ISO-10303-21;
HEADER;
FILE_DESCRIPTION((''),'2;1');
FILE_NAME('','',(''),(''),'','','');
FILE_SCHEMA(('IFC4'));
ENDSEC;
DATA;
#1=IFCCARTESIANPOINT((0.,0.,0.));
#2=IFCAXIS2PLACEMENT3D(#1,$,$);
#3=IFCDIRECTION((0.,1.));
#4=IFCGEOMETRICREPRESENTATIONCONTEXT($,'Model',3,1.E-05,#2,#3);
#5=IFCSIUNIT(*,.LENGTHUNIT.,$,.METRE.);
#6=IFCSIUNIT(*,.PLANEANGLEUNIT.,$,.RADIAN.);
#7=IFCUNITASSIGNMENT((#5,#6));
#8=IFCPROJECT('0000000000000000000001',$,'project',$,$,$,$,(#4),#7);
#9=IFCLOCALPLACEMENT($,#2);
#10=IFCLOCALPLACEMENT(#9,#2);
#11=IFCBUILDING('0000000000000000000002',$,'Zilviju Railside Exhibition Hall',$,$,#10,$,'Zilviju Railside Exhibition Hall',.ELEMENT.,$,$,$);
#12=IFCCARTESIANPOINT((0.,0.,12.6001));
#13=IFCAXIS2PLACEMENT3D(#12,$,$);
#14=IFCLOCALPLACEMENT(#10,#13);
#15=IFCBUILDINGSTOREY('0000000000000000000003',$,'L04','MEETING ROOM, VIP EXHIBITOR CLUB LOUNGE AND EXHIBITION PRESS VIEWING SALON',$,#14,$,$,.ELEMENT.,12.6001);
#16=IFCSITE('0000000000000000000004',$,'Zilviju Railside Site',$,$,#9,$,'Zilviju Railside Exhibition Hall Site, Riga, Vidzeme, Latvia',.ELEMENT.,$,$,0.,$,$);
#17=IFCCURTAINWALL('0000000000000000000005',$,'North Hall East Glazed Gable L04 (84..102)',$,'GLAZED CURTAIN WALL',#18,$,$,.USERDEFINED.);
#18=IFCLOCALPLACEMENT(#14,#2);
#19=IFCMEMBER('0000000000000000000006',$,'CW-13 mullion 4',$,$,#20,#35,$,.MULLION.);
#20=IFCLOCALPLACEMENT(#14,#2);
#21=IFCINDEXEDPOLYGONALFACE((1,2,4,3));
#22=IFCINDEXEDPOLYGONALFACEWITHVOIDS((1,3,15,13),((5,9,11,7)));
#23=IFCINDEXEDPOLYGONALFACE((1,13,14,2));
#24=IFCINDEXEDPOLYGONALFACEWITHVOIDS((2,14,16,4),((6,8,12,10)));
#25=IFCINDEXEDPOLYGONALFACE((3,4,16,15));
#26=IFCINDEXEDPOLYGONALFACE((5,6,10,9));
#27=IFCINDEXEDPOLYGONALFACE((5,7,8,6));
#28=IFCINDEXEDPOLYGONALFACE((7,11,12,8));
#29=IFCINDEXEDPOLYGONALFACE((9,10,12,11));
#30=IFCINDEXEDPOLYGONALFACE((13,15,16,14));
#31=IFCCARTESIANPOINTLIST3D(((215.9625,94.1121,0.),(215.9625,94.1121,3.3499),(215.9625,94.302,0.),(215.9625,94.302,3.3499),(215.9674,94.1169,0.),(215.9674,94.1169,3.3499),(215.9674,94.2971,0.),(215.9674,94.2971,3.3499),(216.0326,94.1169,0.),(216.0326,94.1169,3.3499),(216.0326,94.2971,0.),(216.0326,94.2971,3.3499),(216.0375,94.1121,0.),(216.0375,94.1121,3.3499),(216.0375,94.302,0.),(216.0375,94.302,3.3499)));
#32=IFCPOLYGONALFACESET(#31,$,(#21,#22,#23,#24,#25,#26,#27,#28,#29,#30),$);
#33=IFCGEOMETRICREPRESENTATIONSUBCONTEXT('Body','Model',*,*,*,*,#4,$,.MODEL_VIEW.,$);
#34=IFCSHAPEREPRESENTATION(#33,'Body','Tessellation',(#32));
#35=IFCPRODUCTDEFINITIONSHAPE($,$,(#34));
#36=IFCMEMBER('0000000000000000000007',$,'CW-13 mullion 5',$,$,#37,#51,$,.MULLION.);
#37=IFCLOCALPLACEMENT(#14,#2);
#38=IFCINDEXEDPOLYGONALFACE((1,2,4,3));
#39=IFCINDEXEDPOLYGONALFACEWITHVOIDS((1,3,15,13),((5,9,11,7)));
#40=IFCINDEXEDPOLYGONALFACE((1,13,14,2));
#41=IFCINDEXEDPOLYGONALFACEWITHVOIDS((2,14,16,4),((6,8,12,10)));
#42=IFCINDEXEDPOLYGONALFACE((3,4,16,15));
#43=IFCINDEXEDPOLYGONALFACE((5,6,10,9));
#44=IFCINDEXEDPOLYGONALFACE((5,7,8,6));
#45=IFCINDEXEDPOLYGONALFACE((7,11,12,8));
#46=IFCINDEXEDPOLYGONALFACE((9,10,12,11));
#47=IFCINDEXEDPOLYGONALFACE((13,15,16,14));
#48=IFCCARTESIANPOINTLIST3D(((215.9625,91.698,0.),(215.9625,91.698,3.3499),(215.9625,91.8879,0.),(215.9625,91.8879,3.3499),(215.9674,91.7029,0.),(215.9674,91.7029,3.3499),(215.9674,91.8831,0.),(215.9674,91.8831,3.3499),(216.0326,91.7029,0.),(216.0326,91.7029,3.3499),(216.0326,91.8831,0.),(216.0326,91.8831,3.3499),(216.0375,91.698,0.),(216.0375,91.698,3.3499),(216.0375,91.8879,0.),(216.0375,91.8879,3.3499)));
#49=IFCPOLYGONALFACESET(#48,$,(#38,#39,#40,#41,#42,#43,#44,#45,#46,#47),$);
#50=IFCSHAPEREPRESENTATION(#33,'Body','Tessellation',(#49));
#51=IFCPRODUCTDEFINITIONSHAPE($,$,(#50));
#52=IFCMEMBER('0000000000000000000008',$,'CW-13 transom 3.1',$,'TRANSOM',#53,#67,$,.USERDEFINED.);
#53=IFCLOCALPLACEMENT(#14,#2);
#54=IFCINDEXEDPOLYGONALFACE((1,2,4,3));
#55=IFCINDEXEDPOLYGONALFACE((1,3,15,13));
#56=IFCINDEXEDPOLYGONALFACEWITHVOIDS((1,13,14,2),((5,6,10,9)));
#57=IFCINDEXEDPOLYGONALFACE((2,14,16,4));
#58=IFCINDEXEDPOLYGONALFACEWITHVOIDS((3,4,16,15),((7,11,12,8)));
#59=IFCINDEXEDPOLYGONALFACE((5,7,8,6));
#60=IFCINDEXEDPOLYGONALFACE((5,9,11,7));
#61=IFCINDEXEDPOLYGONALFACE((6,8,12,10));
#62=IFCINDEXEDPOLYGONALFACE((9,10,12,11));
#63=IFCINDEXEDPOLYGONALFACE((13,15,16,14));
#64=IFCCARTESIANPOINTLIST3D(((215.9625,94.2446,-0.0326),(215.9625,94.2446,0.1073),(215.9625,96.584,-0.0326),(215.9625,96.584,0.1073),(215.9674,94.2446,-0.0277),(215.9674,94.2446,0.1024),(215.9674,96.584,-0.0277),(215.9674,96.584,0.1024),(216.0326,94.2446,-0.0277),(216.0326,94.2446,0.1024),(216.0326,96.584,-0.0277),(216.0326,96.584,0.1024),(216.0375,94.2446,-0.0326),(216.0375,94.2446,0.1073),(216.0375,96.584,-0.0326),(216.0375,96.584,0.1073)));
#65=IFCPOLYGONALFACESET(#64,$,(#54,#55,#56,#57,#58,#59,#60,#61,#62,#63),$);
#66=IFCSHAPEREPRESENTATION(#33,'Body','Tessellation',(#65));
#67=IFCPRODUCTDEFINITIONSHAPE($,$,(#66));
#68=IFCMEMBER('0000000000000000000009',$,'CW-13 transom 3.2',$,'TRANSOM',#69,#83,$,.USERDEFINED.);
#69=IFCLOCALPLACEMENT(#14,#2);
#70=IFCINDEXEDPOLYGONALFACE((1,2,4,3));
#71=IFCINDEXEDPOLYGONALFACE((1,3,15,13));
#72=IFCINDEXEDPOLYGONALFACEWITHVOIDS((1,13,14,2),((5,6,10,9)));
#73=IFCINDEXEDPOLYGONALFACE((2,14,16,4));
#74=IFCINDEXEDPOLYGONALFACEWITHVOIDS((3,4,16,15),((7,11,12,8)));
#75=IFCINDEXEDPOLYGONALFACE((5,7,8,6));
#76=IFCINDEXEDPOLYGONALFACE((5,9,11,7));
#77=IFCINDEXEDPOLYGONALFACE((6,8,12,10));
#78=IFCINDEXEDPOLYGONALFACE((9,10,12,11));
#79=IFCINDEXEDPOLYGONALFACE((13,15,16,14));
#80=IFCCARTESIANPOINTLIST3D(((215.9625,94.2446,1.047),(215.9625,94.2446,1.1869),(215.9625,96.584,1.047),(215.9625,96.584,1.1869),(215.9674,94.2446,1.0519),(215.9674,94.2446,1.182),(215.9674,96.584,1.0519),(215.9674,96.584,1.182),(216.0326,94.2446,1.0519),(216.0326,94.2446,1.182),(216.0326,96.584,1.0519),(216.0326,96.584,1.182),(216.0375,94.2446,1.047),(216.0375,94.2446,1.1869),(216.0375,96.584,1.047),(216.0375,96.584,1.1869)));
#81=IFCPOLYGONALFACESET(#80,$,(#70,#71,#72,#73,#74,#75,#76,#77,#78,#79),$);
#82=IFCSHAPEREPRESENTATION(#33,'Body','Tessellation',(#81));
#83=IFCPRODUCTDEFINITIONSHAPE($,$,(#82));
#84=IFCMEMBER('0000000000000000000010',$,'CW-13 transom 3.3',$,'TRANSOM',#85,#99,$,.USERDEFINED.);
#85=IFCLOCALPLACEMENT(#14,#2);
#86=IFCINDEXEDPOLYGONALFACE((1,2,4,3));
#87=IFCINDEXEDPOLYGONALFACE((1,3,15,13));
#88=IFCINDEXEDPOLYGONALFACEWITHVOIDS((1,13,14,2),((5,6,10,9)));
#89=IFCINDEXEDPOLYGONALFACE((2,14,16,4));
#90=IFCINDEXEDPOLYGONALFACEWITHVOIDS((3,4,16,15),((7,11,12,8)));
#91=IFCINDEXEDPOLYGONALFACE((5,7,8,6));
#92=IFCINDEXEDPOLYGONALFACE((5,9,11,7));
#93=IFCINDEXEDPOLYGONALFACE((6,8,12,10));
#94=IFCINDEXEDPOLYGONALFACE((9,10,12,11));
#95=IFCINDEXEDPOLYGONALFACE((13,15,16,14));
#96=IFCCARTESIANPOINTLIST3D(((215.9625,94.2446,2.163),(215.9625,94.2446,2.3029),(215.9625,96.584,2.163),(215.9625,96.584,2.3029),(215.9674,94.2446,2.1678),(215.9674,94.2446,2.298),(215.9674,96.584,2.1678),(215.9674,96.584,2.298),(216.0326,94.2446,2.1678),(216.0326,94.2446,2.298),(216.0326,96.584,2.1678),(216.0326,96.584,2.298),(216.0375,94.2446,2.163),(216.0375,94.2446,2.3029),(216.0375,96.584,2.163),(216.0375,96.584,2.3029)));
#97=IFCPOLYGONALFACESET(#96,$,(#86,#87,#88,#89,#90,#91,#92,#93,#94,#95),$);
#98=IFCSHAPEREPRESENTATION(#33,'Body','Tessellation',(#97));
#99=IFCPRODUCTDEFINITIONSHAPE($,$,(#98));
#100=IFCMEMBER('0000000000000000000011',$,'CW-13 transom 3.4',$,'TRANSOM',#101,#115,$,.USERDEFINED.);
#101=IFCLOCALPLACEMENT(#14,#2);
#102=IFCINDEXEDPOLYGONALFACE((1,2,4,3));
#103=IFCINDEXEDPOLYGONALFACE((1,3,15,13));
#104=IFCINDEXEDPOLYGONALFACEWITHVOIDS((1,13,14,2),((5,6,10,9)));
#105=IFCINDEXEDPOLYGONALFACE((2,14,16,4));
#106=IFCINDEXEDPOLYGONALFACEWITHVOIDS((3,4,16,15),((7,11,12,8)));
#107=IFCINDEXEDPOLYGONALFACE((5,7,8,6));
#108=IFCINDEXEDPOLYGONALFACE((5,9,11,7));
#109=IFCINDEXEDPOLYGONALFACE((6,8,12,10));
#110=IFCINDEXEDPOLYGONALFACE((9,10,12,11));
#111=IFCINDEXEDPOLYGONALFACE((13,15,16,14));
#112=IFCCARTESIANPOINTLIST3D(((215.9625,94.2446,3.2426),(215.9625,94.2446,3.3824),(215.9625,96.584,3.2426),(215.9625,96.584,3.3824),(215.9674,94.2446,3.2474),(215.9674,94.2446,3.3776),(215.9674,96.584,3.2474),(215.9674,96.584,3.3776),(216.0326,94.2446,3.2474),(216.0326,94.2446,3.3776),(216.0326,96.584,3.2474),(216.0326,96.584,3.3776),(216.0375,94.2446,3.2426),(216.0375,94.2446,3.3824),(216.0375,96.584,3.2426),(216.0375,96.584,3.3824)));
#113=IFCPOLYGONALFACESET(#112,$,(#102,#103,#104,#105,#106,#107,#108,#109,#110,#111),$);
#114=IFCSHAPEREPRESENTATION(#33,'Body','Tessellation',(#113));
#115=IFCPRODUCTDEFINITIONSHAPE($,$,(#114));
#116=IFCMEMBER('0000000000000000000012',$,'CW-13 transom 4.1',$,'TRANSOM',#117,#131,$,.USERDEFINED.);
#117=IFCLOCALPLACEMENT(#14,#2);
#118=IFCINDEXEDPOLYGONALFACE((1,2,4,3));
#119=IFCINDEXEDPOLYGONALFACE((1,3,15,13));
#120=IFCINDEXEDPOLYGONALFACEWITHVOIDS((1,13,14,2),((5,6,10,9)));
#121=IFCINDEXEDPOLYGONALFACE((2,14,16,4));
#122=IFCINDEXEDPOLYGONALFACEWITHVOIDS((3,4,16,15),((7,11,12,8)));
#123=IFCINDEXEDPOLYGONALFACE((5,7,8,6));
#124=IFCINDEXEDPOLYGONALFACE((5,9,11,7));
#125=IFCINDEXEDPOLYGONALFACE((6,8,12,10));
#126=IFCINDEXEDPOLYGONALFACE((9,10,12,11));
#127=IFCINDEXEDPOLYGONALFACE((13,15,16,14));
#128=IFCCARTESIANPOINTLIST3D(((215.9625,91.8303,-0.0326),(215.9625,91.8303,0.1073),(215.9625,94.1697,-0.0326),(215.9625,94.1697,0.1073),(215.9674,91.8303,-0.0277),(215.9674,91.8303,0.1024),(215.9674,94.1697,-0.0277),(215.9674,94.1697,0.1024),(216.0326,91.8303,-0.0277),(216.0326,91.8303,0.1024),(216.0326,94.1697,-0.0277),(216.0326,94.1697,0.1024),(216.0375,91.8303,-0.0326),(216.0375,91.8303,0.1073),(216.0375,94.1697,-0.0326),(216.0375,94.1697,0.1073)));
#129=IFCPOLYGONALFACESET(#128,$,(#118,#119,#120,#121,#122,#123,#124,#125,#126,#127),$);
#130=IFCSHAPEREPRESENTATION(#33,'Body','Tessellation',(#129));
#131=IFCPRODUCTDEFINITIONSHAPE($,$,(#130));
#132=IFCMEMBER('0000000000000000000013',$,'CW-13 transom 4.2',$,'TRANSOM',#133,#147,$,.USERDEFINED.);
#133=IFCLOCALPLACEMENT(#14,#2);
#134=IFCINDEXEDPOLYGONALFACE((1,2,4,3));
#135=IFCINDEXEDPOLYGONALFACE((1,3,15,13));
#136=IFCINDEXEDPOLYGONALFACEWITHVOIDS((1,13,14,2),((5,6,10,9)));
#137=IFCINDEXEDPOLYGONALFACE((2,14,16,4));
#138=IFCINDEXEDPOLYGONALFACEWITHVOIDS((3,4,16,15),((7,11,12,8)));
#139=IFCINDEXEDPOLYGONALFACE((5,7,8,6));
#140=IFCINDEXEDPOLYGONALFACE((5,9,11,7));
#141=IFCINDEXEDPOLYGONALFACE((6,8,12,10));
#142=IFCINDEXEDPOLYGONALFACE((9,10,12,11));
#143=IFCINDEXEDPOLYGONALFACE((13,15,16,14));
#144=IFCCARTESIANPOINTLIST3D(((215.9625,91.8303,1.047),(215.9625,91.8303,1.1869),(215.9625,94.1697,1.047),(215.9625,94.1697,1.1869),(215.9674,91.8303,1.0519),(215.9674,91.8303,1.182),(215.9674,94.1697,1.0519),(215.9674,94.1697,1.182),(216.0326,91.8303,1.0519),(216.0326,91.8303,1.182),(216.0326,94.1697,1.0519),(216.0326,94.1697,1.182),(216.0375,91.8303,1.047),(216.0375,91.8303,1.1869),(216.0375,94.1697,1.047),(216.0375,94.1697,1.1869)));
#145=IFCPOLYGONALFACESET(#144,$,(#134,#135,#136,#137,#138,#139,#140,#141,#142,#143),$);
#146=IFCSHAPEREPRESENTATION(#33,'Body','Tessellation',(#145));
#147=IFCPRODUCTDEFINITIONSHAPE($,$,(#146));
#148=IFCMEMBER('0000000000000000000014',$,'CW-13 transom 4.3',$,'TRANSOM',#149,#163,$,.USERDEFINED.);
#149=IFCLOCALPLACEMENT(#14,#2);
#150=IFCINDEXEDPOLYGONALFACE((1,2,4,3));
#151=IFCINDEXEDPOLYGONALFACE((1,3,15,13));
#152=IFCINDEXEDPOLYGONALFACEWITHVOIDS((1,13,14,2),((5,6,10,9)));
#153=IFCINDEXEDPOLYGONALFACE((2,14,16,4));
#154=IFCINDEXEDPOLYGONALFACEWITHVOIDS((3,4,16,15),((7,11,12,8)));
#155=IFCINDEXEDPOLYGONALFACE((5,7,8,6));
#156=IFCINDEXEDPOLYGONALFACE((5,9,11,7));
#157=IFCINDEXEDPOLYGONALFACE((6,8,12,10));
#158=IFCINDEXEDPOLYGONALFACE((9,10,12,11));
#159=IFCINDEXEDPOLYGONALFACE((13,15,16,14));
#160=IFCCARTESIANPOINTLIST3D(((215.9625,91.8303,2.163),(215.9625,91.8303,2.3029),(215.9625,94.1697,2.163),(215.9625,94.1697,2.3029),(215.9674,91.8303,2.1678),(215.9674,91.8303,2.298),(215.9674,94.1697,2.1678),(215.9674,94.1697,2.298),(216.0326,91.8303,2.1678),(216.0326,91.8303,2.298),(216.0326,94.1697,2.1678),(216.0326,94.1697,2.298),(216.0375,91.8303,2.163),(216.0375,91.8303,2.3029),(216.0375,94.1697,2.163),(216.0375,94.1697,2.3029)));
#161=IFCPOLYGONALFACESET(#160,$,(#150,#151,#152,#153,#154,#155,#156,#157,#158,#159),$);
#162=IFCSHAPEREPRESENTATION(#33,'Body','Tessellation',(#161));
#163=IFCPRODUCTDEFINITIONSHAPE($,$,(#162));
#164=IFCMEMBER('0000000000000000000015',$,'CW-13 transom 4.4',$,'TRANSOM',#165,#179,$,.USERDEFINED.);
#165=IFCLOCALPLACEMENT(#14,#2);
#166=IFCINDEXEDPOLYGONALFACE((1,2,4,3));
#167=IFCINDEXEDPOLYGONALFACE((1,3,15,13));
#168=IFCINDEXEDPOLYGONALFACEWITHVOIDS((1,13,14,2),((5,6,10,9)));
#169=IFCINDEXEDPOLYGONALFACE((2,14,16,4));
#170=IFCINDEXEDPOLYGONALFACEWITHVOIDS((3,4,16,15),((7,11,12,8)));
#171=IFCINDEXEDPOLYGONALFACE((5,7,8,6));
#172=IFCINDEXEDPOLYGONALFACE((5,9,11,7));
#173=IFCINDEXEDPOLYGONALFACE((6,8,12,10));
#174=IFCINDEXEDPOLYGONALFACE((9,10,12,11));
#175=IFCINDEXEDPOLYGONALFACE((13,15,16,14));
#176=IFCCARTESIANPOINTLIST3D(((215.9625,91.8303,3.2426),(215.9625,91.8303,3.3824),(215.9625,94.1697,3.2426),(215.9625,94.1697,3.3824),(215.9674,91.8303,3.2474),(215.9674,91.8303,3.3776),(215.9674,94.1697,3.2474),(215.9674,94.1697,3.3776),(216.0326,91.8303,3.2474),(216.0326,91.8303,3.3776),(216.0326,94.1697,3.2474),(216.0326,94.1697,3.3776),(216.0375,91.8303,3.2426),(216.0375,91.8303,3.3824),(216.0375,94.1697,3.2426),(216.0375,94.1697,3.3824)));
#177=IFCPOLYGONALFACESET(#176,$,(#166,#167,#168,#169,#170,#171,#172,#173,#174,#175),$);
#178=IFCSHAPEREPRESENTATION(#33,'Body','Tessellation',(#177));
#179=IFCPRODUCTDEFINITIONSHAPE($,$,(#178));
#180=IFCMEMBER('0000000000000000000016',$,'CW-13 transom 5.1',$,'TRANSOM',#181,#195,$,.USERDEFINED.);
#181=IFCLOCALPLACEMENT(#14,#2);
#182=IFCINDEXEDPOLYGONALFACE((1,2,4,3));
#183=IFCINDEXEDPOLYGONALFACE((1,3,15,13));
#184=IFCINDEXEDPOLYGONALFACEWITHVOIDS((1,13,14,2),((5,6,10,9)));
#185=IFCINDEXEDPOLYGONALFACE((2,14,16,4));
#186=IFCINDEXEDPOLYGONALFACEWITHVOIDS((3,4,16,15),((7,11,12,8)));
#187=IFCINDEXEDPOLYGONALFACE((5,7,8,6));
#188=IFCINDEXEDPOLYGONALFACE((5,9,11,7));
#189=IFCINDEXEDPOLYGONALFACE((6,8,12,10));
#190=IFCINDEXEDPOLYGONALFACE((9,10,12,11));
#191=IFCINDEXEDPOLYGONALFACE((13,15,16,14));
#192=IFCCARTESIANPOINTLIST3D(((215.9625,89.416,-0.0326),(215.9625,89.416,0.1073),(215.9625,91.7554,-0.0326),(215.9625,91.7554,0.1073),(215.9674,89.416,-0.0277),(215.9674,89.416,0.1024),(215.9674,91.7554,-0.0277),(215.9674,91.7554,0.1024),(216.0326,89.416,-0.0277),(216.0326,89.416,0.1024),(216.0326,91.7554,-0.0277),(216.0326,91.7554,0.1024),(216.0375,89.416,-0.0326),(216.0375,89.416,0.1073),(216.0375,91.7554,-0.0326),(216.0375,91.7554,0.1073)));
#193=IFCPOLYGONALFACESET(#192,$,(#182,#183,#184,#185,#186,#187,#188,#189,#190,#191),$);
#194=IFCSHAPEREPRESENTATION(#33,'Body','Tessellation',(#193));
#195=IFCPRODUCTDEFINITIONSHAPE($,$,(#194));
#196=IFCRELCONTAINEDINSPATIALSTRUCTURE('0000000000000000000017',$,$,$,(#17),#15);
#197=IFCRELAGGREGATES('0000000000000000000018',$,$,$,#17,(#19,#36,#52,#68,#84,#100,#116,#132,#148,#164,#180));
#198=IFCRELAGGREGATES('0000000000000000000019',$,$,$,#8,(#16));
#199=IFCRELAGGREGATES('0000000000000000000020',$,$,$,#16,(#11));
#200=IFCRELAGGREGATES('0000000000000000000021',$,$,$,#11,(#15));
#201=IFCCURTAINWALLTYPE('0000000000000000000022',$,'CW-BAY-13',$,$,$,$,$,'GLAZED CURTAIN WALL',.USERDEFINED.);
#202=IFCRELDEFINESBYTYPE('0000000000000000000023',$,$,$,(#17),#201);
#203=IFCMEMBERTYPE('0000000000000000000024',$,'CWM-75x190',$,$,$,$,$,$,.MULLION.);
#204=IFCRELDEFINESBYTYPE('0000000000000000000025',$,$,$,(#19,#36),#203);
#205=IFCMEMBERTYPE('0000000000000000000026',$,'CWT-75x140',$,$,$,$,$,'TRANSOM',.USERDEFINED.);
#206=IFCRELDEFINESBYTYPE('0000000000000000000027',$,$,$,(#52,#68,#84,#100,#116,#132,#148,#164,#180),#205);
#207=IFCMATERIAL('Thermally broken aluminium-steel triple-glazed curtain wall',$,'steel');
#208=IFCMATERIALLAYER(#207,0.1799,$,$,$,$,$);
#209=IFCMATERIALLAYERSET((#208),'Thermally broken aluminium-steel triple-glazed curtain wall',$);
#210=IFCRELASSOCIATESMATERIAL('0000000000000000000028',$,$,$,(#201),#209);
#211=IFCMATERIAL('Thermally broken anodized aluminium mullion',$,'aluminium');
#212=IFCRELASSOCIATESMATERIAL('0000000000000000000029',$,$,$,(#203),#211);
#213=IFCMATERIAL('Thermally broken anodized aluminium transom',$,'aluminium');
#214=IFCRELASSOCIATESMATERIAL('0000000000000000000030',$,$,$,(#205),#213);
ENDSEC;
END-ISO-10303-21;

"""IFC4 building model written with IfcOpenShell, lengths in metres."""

from ifc_helpers import new_model, si_unit, direction, frame, origin, origin_2d, place, context, subcontext, project, spatial, hollow_rectangle, extrude, material, layer, layer_set, material_profile, profile_set, type_object, element, aggregate, save


model = new_model("IFC4")

# Units and contexts
model_context = context("Model", 3, precision=1e-05, world=origin(), true_north=direction((0.0, 1.0)))
body_context = subcontext(model_context, "Body", "Model", "MODEL_VIEW")
ifc_project = project(units=[si_unit("LENGTHUNIT", "METRE"), si_unit("PLANEANGLEUNIT", "RADIAN")], contexts=[model_context])

# Site, building, storey
site_placement = place(None, origin())
site = spatial("IfcSite", under=ifc_project, at=site_placement, Name="Zilviju Railside Site", LongName="Zilviju Railside Exhibition Hall Site, Riga, Vidzeme, Latvia", CompositionType="ELEMENT", RefElevation=0.0)
building_placement = place(site_placement, origin())
building = spatial("IfcBuilding", under=site, at=building_placement, Name="Zilviju Railside Exhibition Hall", LongName="Zilviju Railside Exhibition Hall", CompositionType="ELEMENT")
storey_placement = place(building_placement, frame((0.0, 0.0, 12.6001)))
storey = spatial("IfcBuildingStorey", under=building, at=storey_placement, Name="L04", Description="MEETING ROOM, VIP EXHIBITOR CLUB LOUNGE AND EXHIBITION PRESS VIEWING SALON", CompositionType="ELEMENT", Elevation=12.6001)

# Curtain wall, members
ifc_material_1 = material(Name="Thermally broken aluminium-steel triple-glazed curtain wall", Category="steel")
ifc_layer_1 = layer(ifc_material_1, 0.1799)
ifc_layer_set_1 = layer_set([ifc_layer_1], Name="Thermally broken aluminium-steel triple-glazed curtain wall")
curtain_wall_type = type_object("IfcCurtainWallType", Name="CW-BAY-13", ElementType="GLAZED CURTAIN WALL", PredefinedType="USERDEFINED", material=ifc_layer_set_1)
curtain_wall_placement = place(storey_placement, origin())
curtain_wall = element("IfcCurtainWall", 1, at=curtain_wall_placement, inside=storey, type_object=curtain_wall_type, Name="North Hall East Glazed Gable L04 (84..102)", ObjectType="GLAZED CURTAIN WALL", PredefinedType="USERDEFINED")
ifc_material_2 = material(Name="Thermally broken anodized aluminium mullion", Category="aluminium")
ifc_material_profile_1 = material_profile(ifc_material_2, hollow_rectangle(XDim=0.075, YDim=0.1899, WallThickness=0.0049, at=origin_2d()), Name="MULLION 190x75x5")
ifc_profile_set_1 = profile_set([ifc_material_profile_1], Name="Thermally broken anodized aluminium mullion")
member_type_1 = type_object("IfcMemberType", Name="CWM-75x190", PredefinedType="MULLION", material=ifc_profile_set_1)
member_1_placement = place(storey_placement, frame((216.0, 94.207, 0.0), z_axis=(0.0, 0.0, 1.0), x_axis=(1.0, 0.0, 0.0)))
member_1 = element("IfcMember", 2, at=member_1_placement, type_object=member_type_1, Name="CW-13 mullion 4", PredefinedType="MULLION", context=body_context, shape_type="SweptSolid", body=[
    extrude(hollow_rectangle(XDim=0.075, YDim=0.1899, WallThickness=0.0049, at=origin_2d()), origin(), (0.0, 0.0, 1.0), 3.3499),
])
member_2_placement = place(storey_placement, frame((216.0, 91.793, 0.0), z_axis=(0.0, 0.0, 1.0), x_axis=(1.0, 0.0, 0.0)))
member_2 = element("IfcMember", 3, at=member_2_placement, type_object=member_type_1, Name="CW-13 mullion 5", PredefinedType="MULLION", context=body_context, shape_type="SweptSolid", body=[
    extrude(hollow_rectangle(XDim=0.075, YDim=0.1899, WallThickness=0.0049, at=origin_2d()), origin(), (0.0, 0.0, 1.0), 3.3499),
])
ifc_material_3 = material(Name="Thermally broken anodized aluminium transom", Category="aluminium")
ifc_material_profile_2 = material_profile(ifc_material_3, hollow_rectangle(XDim=0.075, YDim=0.1399, WallThickness=0.0049, at=origin_2d()), Name="TRANSOM 140x75x5")
ifc_profile_set_2 = profile_set([ifc_material_profile_2], Name="Thermally broken anodized aluminium transom")
member_type_2 = type_object("IfcMemberType", Name="CWT-75x140", ElementType="TRANSOM", PredefinedType="USERDEFINED", material=ifc_profile_set_2)
member_3_placement = place(storey_placement, frame((216.0, 96.584, 0.0374), z_axis=(0.0, -1.0, 0.0), x_axis=(1.0, 0.0, 0.0)))
member_3 = element("IfcMember", 4, at=member_3_placement, type_object=member_type_2, Name="CW-13 transom 3.1", ObjectType="TRANSOM", PredefinedType="USERDEFINED", context=body_context, shape_type="SweptSolid", body=[
    extrude(hollow_rectangle(XDim=0.075, YDim=0.1399, WallThickness=0.0049, at=origin_2d()), origin(), (0.0, 0.0, 1.0), 2.3394),
])
member_4_placement = place(storey_placement, frame((216.0, 96.584, 1.1169), z_axis=(0.0, -1.0, 0.0), x_axis=(1.0, 0.0, 0.0)))
member_4 = element("IfcMember", 5, at=member_4_placement, type_object=member_type_2, Name="CW-13 transom 3.2", ObjectType="TRANSOM", PredefinedType="USERDEFINED", context=body_context, shape_type="SweptSolid", body=[
    extrude(hollow_rectangle(XDim=0.075, YDim=0.1399, WallThickness=0.0049, at=origin_2d()), origin(), (0.0, 0.0, 1.0), 2.3394),
])
member_5_placement = place(storey_placement, frame((216.0, 96.584, 2.2329), z_axis=(0.0, -1.0, 0.0), x_axis=(1.0, 0.0, 0.0)))
member_5 = element("IfcMember", 6, at=member_5_placement, type_object=member_type_2, Name="CW-13 transom 3.3", ObjectType="TRANSOM", PredefinedType="USERDEFINED", context=body_context, shape_type="SweptSolid", body=[
    extrude(hollow_rectangle(XDim=0.075, YDim=0.1399, WallThickness=0.0049, at=origin_2d()), origin(), (0.0, 0.0, 1.0), 2.3394),
])
member_6_placement = place(storey_placement, frame((216.0, 96.584, 3.3125), z_axis=(0.0, -1.0, 0.0), x_axis=(1.0, 0.0, 0.0)))
member_6 = element("IfcMember", 7, at=member_6_placement, type_object=member_type_2, Name="CW-13 transom 3.4", ObjectType="TRANSOM", PredefinedType="USERDEFINED", context=body_context, shape_type="SweptSolid", body=[
    extrude(hollow_rectangle(XDim=0.075, YDim=0.1399, WallThickness=0.0049, at=origin_2d()), origin(), (0.0, 0.0, 1.0), 2.3394),
])
member_7_placement = place(storey_placement, frame((216.0, 94.1697, 0.0374), z_axis=(0.0, -1.0, 0.0), x_axis=(1.0, 0.0, 0.0)))
member_7 = element("IfcMember", 8, at=member_7_placement, type_object=member_type_2, Name="CW-13 transom 4.1", ObjectType="TRANSOM", PredefinedType="USERDEFINED", context=body_context, shape_type="SweptSolid", body=[
    extrude(hollow_rectangle(XDim=0.075, YDim=0.1399, WallThickness=0.0049, at=origin_2d()), origin(), (0.0, 0.0, 1.0), 2.3394),
])
member_8_placement = place(storey_placement, frame((216.0, 94.1697, 1.1169), z_axis=(0.0, -1.0, 0.0), x_axis=(1.0, 0.0, 0.0)))
member_8 = element("IfcMember", 9, at=member_8_placement, type_object=member_type_2, Name="CW-13 transom 4.2", ObjectType="TRANSOM", PredefinedType="USERDEFINED", context=body_context, shape_type="SweptSolid", body=[
    extrude(hollow_rectangle(XDim=0.075, YDim=0.1399, WallThickness=0.0049, at=origin_2d()), origin(), (0.0, 0.0, 1.0), 2.3394),
])
member_9_placement = place(storey_placement, frame((216.0, 94.1697, 2.2329), z_axis=(0.0, -1.0, 0.0), x_axis=(1.0, 0.0, 0.0)))
member_9 = element("IfcMember", 10, at=member_9_placement, type_object=member_type_2, Name="CW-13 transom 4.3", ObjectType="TRANSOM", PredefinedType="USERDEFINED", context=body_context, shape_type="SweptSolid", body=[
    extrude(hollow_rectangle(XDim=0.075, YDim=0.1399, WallThickness=0.0049, at=origin_2d()), origin(), (0.0, 0.0, 1.0), 2.3394),
])
member_10_placement = place(storey_placement, frame((216.0, 94.1697, 3.3125), z_axis=(0.0, -1.0, 0.0), x_axis=(1.0, 0.0, 0.0)))
member_10 = element("IfcMember", 11, at=member_10_placement, type_object=member_type_2, Name="CW-13 transom 4.4", ObjectType="TRANSOM", PredefinedType="USERDEFINED", context=body_context, shape_type="SweptSolid", body=[
    extrude(hollow_rectangle(XDim=0.075, YDim=0.1399, WallThickness=0.0049, at=origin_2d()), origin(), (0.0, 0.0, 1.0), 2.3394),
])
member_11_placement = place(storey_placement, frame((216.0, 91.7554, 0.0374), z_axis=(0.0, -1.0, 0.0), x_axis=(1.0, 0.0, 0.0)))
member_11 = element("IfcMember", 12, at=member_11_placement, type_object=member_type_2, Name="CW-13 transom 5.1", ObjectType="TRANSOM", PredefinedType="USERDEFINED", context=body_context, shape_type="SweptSolid", body=[
    extrude(hollow_rectangle(XDim=0.075, YDim=0.1399, WallThickness=0.0049, at=origin_2d()), origin(), (0.0, 0.0, 1.0), 2.3394),
])
aggregate(curtain_wall, [member_1, member_2, member_3, member_4, member_5, member_6, member_7, member_8, member_9, member_10, member_11])

save(model, "model.ifc")
